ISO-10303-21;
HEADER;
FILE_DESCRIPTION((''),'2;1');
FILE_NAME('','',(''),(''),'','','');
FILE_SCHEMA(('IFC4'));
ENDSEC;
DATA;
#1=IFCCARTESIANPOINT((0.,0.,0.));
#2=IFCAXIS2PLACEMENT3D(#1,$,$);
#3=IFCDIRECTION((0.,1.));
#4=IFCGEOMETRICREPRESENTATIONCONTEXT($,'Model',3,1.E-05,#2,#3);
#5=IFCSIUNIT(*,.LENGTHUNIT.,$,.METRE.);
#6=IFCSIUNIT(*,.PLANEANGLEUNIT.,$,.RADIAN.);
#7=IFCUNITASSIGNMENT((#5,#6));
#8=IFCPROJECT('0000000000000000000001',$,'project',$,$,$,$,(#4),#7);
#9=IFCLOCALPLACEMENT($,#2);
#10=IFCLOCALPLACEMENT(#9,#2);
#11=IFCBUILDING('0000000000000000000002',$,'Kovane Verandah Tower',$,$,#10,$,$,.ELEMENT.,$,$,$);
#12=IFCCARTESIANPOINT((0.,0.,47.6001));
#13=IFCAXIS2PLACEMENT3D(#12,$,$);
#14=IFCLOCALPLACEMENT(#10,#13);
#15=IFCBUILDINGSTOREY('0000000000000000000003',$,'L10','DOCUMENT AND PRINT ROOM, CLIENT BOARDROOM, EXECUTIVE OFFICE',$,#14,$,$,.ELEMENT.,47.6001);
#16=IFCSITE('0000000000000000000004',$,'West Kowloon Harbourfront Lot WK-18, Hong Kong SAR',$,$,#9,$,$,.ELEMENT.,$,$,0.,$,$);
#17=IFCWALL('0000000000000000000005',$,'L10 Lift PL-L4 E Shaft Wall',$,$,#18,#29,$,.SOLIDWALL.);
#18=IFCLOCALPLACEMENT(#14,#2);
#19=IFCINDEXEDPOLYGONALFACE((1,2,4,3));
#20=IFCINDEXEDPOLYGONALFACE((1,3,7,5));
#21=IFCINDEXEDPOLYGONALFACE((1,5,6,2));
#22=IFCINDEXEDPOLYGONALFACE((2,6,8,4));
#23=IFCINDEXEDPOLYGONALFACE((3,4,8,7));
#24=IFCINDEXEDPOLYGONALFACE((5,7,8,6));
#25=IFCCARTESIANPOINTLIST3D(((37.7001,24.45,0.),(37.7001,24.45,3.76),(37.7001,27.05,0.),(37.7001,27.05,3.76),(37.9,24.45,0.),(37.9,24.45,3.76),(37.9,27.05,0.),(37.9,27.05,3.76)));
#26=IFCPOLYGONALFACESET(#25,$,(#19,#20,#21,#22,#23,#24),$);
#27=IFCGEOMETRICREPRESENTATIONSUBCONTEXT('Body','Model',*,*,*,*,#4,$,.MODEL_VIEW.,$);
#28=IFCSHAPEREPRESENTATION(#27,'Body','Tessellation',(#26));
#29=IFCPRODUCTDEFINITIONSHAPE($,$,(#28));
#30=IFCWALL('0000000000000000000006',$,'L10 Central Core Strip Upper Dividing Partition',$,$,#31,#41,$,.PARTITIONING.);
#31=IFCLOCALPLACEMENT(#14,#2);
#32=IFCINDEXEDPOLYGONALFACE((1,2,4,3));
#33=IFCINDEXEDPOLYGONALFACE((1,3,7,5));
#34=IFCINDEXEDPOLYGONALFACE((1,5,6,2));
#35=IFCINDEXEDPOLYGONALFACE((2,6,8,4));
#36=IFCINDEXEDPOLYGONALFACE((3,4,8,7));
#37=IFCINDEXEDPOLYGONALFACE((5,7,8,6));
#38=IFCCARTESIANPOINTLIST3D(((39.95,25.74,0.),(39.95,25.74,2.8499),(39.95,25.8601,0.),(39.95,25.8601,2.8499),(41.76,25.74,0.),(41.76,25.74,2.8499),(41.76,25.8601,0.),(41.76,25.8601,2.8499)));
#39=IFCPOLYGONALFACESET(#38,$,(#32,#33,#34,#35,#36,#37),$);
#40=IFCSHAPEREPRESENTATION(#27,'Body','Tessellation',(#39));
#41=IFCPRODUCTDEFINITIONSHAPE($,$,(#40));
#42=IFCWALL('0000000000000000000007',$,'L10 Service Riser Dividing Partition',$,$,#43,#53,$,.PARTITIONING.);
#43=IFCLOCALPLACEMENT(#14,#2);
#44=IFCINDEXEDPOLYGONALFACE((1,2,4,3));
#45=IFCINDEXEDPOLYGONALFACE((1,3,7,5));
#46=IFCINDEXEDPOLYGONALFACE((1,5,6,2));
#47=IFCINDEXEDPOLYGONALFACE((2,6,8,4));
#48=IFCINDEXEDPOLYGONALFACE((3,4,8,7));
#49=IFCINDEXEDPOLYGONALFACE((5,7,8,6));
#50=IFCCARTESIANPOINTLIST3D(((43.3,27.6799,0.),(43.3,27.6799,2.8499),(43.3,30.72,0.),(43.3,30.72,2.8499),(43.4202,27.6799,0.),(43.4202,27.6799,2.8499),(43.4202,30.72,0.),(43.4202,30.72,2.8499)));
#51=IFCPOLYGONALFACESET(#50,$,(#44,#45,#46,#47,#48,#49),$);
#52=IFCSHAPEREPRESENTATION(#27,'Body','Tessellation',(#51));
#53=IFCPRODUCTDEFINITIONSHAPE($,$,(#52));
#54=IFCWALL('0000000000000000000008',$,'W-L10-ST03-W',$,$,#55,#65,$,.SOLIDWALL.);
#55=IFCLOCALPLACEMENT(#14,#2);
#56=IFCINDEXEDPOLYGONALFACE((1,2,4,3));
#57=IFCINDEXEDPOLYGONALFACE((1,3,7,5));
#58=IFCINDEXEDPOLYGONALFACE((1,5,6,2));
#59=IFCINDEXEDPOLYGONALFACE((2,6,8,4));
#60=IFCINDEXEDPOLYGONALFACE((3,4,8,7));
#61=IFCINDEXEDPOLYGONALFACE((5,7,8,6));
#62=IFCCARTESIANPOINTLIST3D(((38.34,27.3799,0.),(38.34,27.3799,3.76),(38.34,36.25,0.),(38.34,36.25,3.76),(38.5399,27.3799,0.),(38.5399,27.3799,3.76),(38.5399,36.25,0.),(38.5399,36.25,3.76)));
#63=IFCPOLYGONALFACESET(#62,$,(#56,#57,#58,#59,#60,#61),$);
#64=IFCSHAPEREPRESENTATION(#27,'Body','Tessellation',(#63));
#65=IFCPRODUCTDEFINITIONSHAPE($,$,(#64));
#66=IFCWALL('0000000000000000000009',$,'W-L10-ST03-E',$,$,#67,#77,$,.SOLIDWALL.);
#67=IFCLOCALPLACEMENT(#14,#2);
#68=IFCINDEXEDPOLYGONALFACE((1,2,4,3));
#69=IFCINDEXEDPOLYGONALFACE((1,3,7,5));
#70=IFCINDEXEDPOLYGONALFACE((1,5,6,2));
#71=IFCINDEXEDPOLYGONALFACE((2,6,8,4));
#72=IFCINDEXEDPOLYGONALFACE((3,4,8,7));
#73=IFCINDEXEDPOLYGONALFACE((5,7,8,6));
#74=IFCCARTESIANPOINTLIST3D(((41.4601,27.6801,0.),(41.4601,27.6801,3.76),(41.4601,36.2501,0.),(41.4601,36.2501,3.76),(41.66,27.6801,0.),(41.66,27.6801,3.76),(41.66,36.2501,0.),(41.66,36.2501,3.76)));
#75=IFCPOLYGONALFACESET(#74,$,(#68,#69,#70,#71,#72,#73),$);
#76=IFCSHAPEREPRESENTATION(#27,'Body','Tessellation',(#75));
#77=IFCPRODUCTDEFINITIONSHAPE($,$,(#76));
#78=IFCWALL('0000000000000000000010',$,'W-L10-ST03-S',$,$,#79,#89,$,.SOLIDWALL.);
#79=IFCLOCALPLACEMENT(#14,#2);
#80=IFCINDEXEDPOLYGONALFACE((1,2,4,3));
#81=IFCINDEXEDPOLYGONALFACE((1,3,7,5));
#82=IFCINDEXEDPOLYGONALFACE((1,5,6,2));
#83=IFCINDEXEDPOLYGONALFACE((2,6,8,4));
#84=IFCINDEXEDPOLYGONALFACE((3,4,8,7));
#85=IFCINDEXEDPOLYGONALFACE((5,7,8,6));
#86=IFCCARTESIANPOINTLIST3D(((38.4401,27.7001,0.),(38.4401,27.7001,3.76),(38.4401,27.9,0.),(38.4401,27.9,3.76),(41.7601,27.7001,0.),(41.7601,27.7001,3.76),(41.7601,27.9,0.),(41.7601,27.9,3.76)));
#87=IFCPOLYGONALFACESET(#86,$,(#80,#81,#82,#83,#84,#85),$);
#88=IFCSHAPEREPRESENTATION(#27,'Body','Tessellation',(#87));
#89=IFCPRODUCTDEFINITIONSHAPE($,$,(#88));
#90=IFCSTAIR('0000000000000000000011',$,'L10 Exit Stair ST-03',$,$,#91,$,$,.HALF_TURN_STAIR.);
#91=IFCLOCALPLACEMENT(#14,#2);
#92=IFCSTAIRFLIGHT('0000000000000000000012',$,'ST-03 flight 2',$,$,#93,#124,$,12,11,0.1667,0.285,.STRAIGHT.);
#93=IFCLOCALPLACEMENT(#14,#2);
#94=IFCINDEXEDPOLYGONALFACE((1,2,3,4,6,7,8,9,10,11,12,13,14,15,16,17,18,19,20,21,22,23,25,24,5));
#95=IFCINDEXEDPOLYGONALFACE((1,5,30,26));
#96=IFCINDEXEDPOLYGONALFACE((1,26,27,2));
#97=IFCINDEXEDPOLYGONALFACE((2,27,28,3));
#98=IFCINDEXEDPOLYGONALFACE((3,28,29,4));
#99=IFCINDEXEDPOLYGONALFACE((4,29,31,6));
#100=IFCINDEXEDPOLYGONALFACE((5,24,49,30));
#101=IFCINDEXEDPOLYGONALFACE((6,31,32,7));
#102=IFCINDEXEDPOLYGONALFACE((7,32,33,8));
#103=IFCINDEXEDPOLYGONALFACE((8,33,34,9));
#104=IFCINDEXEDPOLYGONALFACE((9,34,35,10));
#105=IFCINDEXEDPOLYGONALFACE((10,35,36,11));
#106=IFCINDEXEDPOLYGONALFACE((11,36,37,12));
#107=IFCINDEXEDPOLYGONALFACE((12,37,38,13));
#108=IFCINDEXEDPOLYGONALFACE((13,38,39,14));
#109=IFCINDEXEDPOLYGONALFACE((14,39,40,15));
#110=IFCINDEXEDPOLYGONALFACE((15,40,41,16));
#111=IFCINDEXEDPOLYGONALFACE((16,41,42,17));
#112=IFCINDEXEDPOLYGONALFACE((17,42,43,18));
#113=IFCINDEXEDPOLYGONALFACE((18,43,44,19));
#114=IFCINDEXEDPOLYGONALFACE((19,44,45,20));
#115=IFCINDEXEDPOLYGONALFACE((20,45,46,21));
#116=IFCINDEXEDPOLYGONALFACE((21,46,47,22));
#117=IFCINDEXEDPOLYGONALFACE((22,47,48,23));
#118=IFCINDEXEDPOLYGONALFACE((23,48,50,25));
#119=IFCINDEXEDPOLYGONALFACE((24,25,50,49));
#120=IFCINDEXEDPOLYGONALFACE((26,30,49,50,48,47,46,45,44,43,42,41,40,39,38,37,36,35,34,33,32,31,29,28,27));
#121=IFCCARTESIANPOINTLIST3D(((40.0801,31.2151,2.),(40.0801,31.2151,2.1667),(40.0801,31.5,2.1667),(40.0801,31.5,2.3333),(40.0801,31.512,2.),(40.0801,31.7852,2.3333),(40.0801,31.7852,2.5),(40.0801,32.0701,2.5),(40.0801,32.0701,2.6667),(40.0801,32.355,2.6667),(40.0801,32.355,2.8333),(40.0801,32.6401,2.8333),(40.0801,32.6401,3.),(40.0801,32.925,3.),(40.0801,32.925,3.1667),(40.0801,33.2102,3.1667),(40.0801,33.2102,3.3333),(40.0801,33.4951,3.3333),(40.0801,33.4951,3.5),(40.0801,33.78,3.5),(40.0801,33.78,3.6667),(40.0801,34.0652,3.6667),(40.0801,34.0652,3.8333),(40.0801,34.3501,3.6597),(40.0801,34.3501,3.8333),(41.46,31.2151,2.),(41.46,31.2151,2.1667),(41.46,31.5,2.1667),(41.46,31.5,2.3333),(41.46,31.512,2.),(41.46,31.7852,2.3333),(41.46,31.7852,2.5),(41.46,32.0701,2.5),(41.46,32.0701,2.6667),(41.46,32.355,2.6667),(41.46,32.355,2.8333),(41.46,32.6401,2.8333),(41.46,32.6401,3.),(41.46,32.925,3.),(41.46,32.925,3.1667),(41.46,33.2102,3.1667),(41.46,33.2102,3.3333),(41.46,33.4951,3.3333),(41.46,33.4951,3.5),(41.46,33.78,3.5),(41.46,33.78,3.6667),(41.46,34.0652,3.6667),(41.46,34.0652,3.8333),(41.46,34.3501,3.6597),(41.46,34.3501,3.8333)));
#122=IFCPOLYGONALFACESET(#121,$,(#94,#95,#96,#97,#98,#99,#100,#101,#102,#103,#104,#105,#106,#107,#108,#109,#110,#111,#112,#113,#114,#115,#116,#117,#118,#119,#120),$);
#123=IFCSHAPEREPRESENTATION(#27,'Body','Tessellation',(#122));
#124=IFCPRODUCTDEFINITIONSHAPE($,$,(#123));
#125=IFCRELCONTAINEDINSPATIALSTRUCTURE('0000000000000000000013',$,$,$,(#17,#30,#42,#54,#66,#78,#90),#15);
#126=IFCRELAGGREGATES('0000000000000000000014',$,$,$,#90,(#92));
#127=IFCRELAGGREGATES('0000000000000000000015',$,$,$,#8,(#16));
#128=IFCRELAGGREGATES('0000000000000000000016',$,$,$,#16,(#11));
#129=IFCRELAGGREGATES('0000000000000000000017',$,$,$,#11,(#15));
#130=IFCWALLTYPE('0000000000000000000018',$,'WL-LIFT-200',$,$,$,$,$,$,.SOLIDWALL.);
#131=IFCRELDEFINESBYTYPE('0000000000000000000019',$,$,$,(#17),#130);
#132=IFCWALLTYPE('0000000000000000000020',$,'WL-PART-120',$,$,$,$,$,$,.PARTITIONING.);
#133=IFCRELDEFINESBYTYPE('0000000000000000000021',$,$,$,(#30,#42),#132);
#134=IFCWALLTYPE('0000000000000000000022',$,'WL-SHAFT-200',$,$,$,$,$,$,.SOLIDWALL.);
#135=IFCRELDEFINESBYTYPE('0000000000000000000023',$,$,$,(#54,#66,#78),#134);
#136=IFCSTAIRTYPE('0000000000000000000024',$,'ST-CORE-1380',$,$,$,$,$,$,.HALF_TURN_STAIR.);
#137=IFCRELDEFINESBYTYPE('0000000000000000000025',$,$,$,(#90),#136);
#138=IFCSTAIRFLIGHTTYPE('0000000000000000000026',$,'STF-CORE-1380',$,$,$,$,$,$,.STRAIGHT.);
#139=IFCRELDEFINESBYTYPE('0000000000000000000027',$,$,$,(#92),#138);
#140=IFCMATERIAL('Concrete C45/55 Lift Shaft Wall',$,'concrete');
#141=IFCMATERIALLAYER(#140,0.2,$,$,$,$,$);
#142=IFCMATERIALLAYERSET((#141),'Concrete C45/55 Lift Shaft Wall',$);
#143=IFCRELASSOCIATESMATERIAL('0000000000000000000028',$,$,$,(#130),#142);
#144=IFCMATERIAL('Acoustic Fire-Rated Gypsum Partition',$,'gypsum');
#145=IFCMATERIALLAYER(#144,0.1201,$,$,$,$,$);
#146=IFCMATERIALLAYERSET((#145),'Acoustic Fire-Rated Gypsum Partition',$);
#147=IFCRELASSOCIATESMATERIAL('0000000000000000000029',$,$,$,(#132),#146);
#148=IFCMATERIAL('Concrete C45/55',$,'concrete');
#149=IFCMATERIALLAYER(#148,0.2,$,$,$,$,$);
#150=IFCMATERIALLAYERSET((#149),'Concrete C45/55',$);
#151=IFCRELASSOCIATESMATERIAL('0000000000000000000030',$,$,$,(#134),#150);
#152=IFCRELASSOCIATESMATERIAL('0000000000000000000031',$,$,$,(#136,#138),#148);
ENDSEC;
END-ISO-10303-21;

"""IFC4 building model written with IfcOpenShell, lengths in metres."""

from ifc_helpers import new_model, si_unit, direction, frame, frame_2d, origin, place, context, subcontext, project, spatial, polyline, rectangle, outline, extrude, material, layer, layer_set, type_object, element, aggregate, save


model = new_model("IFC4")

# Units and contexts
model_context = context("Model", 3, precision=1e-05, world=origin(), true_north=direction((0.0, 1.0)))
body_context = subcontext(model_context, "Body", "Model", "MODEL_VIEW")
ifc_project = project(units=[si_unit("LENGTHUNIT", "METRE"), si_unit("PLANEANGLEUNIT", "RADIAN")], contexts=[model_context])

# Site, building, storey
site_placement = place(None, origin())
site = spatial("IfcSite", under=ifc_project, at=site_placement, Name="West Kowloon Harbourfront Lot WK-18, Hong Kong SAR", CompositionType="ELEMENT", RefElevation=0.0)
building_placement = place(site_placement, origin())
building = spatial("IfcBuilding", under=site, at=building_placement, Name="Kovane Verandah Tower", CompositionType="ELEMENT")
storey_placement = place(building_placement, frame((0.0, 0.0, 47.6001)))
storey = spatial("IfcBuildingStorey", under=building, at=storey_placement, Name="L10", Description="DOCUMENT AND PRINT ROOM, CLIENT BOARDROOM, EXECUTIVE OFFICE", CompositionType="ELEMENT", Elevation=47.6001)

# Shared definitions
ifc_material_1 = material(Name="Concrete C45/55 Lift Shaft Wall", Category="concrete")
ifc_layer_1 = layer(ifc_material_1, 0.2)
ifc_layer_set_1 = layer_set([ifc_layer_1], Name="Concrete C45/55 Lift Shaft Wall")
wall_type_1 = type_object("IfcWallType", Name="WL-LIFT-200", PredefinedType="SOLIDWALL", material=ifc_layer_set_1)

# Walls
wall_1_placement = place(storey_placement, frame((37.8, 24.45, 0.0), z_axis=(0.0, 0.0, 1.0), x_axis=(0.0, 1.0, 0.0)))
element("IfcWall", 1, at=wall_1_placement, inside=storey, type_object=wall_type_1, Name="L10 Lift PL-L4 E Shaft Wall", PredefinedType="SOLIDWALL", context=body_context, shape_type="SweptSolid", body=[
    extrude(rectangle(XDim=2.6001, YDim=0.2, at=frame_2d((1.3, 0.0))), origin(), (0.0, 0.0, 1.0), 3.76),
])
ifc_material_2 = material(Name="Acoustic Fire-Rated Gypsum Partition", Category="gypsum")
ifc_layer_2 = layer(ifc_material_2, 0.1201)
ifc_layer_set_2 = layer_set([ifc_layer_2], Name="Acoustic Fire-Rated Gypsum Partition")
wall_type_2 = type_object("IfcWallType", Name="WL-PART-120", PredefinedType="PARTITIONING", material=ifc_layer_set_2)
wall_2_placement = place(storey_placement, frame((39.95, 25.8, 0.0), z_axis=(0.0, 0.0, 1.0), x_axis=(1.0, 0.0, 0.0)))
element("IfcWall", 2, at=wall_2_placement, inside=storey, type_object=wall_type_2, Name="L10 Central Core Strip Upper Dividing Partition", PredefinedType="PARTITIONING", context=body_context, shape_type="SweptSolid", body=[
    extrude(rectangle(XDim=1.8101, YDim=0.1201, at=frame_2d((0.905, 0.0))), origin(), (0.0, 0.0, 1.0), 2.8499),
])
wall_3_placement = place(storey_placement, frame((43.3601, 27.6799, 0.0), z_axis=(0.0, 0.0, 1.0), x_axis=(0.0, 1.0, 0.0)))
element("IfcWall", 3, at=wall_3_placement, inside=storey, type_object=wall_type_2, Name="L10 Service Riser Dividing Partition", PredefinedType="PARTITIONING", context=body_context, shape_type="SweptSolid", body=[
    extrude(rectangle(XDim=3.04, YDim=0.1201, at=frame_2d((1.52, 0.0))), origin(), (0.0, 0.0, 1.0), 2.8499),
])
ifc_material_3 = material(Name="Concrete C45/55", Category="concrete")
ifc_layer_3 = layer(ifc_material_3, 0.2)
ifc_layer_set_3 = layer_set([ifc_layer_3], Name="Concrete C45/55")
wall_type_3 = type_object("IfcWallType", Name="WL-SHAFT-200", PredefinedType="SOLIDWALL", material=ifc_layer_set_3)
wall_4_placement = place(storey_placement, frame((38.4399, 27.3799, 0.0), z_axis=(0.0, 0.0, 1.0), x_axis=(0.0, 1.0, 0.0)))
element("IfcWall", 4, at=wall_4_placement, inside=storey, type_object=wall_type_3, Name="W-L10-ST03-W", PredefinedType="SOLIDWALL", context=body_context, shape_type="SweptSolid", body=[
    extrude(rectangle(XDim=8.8701, YDim=0.2, at=frame_2d((4.4351, 0.0))), origin(), (0.0, 0.0, 1.0), 3.76),
])
wall_5_placement = place(storey_placement, frame((41.5601, 27.6799, 0.0), z_axis=(0.0, 0.0, 1.0), x_axis=(0.0, 1.0, 0.0)))
element("IfcWall", 5, at=wall_5_placement, inside=storey, type_object=wall_type_3, Name="W-L10-ST03-E", PredefinedType="SOLIDWALL", context=body_context, shape_type="SweptSolid", body=[
    extrude(rectangle(XDim=8.5701, YDim=0.2, at=frame_2d((4.2852, 0.0))), origin(), (0.0, 0.0, 1.0), 3.76),
])
wall_6_placement = place(storey_placement, frame((38.4399, 27.8, 0.0), z_axis=(0.0, 0.0, 1.0), x_axis=(1.0, 0.0, 0.0)))
element("IfcWall", 6, at=wall_6_placement, inside=storey, type_object=wall_type_3, Name="W-L10-ST03-S", PredefinedType="SOLIDWALL", context=body_context, shape_type="SweptSolid", body=[
    extrude(rectangle(XDim=3.3201, YDim=0.2, at=frame_2d((1.6602, 0.0))), origin(), (0.0, 0.0, 1.0), 3.76),
])

# Stair, stair flight
stair_type = type_object("IfcStairType", Name="ST-CORE-1380", PredefinedType="HALF_TURN_STAIR", material=ifc_material_3)
stair_placement = place(storey_placement, origin())
stair = element("IfcStair", 7, at=stair_placement, inside=storey, type_object=stair_type, Name="L10 Exit Stair ST-03", PredefinedType="HALF_TURN_STAIR")
stair_flight_type = type_object("IfcStairFlightType", Name="STF-CORE-1380", PredefinedType="STRAIGHT", material=ifc_material_3)
stair_flight_placement = place(storey_placement, frame((40.77, 31.2151, 2.0), z_axis=(0.0, 0.0, 1.0), x_axis=(0.0, 1.0, 0.0)))
stair_flight = element("IfcStairFlight", 8, at=stair_flight_placement, type_object=stair_flight_type, Name="ST-03 flight 2", NumberOfRisers=12, NumberOfTreads=11, PredefinedType="STRAIGHT", RiserHeight=0.1667, TreadLength=0.285, context=body_context, shape_type="SweptSolid", body=[
    extrude(outline(polyline([(0.0, 0.0), (0.0, 0.1667), (0.2849, 0.1667), (0.2849, 0.3333), (0.5701, 0.3333), (0.5701, 0.5), (0.855, 0.5), (0.855, 0.6667), (1.1399, 0.6667), (1.1399, 0.8333), (1.425, 0.8333), (1.425, 1.0), (1.71, 1.0), (1.71, 1.1667), (1.9951, 1.1667), (1.9951, 1.3333), (2.28, 1.3333), (2.28, 1.5), (2.5649, 1.5), (2.5649, 1.6667), (2.8501, 1.6667), (2.8501, 1.8333), (3.135, 1.8333), (3.135, 2.0), (3.135, 1.6597), (0.2969, 0.0), (0.0, 0.0)])), frame((0.0, 0.6899, 0.0), z_axis=(0.0, -1.0, 0.0), x_axis=(1.0, 0.0, 0.0)), (0.0, 0.0, 1.0), 1.3799),
])
aggregate(stair, [stair_flight])

save(model, "model.ifc")
